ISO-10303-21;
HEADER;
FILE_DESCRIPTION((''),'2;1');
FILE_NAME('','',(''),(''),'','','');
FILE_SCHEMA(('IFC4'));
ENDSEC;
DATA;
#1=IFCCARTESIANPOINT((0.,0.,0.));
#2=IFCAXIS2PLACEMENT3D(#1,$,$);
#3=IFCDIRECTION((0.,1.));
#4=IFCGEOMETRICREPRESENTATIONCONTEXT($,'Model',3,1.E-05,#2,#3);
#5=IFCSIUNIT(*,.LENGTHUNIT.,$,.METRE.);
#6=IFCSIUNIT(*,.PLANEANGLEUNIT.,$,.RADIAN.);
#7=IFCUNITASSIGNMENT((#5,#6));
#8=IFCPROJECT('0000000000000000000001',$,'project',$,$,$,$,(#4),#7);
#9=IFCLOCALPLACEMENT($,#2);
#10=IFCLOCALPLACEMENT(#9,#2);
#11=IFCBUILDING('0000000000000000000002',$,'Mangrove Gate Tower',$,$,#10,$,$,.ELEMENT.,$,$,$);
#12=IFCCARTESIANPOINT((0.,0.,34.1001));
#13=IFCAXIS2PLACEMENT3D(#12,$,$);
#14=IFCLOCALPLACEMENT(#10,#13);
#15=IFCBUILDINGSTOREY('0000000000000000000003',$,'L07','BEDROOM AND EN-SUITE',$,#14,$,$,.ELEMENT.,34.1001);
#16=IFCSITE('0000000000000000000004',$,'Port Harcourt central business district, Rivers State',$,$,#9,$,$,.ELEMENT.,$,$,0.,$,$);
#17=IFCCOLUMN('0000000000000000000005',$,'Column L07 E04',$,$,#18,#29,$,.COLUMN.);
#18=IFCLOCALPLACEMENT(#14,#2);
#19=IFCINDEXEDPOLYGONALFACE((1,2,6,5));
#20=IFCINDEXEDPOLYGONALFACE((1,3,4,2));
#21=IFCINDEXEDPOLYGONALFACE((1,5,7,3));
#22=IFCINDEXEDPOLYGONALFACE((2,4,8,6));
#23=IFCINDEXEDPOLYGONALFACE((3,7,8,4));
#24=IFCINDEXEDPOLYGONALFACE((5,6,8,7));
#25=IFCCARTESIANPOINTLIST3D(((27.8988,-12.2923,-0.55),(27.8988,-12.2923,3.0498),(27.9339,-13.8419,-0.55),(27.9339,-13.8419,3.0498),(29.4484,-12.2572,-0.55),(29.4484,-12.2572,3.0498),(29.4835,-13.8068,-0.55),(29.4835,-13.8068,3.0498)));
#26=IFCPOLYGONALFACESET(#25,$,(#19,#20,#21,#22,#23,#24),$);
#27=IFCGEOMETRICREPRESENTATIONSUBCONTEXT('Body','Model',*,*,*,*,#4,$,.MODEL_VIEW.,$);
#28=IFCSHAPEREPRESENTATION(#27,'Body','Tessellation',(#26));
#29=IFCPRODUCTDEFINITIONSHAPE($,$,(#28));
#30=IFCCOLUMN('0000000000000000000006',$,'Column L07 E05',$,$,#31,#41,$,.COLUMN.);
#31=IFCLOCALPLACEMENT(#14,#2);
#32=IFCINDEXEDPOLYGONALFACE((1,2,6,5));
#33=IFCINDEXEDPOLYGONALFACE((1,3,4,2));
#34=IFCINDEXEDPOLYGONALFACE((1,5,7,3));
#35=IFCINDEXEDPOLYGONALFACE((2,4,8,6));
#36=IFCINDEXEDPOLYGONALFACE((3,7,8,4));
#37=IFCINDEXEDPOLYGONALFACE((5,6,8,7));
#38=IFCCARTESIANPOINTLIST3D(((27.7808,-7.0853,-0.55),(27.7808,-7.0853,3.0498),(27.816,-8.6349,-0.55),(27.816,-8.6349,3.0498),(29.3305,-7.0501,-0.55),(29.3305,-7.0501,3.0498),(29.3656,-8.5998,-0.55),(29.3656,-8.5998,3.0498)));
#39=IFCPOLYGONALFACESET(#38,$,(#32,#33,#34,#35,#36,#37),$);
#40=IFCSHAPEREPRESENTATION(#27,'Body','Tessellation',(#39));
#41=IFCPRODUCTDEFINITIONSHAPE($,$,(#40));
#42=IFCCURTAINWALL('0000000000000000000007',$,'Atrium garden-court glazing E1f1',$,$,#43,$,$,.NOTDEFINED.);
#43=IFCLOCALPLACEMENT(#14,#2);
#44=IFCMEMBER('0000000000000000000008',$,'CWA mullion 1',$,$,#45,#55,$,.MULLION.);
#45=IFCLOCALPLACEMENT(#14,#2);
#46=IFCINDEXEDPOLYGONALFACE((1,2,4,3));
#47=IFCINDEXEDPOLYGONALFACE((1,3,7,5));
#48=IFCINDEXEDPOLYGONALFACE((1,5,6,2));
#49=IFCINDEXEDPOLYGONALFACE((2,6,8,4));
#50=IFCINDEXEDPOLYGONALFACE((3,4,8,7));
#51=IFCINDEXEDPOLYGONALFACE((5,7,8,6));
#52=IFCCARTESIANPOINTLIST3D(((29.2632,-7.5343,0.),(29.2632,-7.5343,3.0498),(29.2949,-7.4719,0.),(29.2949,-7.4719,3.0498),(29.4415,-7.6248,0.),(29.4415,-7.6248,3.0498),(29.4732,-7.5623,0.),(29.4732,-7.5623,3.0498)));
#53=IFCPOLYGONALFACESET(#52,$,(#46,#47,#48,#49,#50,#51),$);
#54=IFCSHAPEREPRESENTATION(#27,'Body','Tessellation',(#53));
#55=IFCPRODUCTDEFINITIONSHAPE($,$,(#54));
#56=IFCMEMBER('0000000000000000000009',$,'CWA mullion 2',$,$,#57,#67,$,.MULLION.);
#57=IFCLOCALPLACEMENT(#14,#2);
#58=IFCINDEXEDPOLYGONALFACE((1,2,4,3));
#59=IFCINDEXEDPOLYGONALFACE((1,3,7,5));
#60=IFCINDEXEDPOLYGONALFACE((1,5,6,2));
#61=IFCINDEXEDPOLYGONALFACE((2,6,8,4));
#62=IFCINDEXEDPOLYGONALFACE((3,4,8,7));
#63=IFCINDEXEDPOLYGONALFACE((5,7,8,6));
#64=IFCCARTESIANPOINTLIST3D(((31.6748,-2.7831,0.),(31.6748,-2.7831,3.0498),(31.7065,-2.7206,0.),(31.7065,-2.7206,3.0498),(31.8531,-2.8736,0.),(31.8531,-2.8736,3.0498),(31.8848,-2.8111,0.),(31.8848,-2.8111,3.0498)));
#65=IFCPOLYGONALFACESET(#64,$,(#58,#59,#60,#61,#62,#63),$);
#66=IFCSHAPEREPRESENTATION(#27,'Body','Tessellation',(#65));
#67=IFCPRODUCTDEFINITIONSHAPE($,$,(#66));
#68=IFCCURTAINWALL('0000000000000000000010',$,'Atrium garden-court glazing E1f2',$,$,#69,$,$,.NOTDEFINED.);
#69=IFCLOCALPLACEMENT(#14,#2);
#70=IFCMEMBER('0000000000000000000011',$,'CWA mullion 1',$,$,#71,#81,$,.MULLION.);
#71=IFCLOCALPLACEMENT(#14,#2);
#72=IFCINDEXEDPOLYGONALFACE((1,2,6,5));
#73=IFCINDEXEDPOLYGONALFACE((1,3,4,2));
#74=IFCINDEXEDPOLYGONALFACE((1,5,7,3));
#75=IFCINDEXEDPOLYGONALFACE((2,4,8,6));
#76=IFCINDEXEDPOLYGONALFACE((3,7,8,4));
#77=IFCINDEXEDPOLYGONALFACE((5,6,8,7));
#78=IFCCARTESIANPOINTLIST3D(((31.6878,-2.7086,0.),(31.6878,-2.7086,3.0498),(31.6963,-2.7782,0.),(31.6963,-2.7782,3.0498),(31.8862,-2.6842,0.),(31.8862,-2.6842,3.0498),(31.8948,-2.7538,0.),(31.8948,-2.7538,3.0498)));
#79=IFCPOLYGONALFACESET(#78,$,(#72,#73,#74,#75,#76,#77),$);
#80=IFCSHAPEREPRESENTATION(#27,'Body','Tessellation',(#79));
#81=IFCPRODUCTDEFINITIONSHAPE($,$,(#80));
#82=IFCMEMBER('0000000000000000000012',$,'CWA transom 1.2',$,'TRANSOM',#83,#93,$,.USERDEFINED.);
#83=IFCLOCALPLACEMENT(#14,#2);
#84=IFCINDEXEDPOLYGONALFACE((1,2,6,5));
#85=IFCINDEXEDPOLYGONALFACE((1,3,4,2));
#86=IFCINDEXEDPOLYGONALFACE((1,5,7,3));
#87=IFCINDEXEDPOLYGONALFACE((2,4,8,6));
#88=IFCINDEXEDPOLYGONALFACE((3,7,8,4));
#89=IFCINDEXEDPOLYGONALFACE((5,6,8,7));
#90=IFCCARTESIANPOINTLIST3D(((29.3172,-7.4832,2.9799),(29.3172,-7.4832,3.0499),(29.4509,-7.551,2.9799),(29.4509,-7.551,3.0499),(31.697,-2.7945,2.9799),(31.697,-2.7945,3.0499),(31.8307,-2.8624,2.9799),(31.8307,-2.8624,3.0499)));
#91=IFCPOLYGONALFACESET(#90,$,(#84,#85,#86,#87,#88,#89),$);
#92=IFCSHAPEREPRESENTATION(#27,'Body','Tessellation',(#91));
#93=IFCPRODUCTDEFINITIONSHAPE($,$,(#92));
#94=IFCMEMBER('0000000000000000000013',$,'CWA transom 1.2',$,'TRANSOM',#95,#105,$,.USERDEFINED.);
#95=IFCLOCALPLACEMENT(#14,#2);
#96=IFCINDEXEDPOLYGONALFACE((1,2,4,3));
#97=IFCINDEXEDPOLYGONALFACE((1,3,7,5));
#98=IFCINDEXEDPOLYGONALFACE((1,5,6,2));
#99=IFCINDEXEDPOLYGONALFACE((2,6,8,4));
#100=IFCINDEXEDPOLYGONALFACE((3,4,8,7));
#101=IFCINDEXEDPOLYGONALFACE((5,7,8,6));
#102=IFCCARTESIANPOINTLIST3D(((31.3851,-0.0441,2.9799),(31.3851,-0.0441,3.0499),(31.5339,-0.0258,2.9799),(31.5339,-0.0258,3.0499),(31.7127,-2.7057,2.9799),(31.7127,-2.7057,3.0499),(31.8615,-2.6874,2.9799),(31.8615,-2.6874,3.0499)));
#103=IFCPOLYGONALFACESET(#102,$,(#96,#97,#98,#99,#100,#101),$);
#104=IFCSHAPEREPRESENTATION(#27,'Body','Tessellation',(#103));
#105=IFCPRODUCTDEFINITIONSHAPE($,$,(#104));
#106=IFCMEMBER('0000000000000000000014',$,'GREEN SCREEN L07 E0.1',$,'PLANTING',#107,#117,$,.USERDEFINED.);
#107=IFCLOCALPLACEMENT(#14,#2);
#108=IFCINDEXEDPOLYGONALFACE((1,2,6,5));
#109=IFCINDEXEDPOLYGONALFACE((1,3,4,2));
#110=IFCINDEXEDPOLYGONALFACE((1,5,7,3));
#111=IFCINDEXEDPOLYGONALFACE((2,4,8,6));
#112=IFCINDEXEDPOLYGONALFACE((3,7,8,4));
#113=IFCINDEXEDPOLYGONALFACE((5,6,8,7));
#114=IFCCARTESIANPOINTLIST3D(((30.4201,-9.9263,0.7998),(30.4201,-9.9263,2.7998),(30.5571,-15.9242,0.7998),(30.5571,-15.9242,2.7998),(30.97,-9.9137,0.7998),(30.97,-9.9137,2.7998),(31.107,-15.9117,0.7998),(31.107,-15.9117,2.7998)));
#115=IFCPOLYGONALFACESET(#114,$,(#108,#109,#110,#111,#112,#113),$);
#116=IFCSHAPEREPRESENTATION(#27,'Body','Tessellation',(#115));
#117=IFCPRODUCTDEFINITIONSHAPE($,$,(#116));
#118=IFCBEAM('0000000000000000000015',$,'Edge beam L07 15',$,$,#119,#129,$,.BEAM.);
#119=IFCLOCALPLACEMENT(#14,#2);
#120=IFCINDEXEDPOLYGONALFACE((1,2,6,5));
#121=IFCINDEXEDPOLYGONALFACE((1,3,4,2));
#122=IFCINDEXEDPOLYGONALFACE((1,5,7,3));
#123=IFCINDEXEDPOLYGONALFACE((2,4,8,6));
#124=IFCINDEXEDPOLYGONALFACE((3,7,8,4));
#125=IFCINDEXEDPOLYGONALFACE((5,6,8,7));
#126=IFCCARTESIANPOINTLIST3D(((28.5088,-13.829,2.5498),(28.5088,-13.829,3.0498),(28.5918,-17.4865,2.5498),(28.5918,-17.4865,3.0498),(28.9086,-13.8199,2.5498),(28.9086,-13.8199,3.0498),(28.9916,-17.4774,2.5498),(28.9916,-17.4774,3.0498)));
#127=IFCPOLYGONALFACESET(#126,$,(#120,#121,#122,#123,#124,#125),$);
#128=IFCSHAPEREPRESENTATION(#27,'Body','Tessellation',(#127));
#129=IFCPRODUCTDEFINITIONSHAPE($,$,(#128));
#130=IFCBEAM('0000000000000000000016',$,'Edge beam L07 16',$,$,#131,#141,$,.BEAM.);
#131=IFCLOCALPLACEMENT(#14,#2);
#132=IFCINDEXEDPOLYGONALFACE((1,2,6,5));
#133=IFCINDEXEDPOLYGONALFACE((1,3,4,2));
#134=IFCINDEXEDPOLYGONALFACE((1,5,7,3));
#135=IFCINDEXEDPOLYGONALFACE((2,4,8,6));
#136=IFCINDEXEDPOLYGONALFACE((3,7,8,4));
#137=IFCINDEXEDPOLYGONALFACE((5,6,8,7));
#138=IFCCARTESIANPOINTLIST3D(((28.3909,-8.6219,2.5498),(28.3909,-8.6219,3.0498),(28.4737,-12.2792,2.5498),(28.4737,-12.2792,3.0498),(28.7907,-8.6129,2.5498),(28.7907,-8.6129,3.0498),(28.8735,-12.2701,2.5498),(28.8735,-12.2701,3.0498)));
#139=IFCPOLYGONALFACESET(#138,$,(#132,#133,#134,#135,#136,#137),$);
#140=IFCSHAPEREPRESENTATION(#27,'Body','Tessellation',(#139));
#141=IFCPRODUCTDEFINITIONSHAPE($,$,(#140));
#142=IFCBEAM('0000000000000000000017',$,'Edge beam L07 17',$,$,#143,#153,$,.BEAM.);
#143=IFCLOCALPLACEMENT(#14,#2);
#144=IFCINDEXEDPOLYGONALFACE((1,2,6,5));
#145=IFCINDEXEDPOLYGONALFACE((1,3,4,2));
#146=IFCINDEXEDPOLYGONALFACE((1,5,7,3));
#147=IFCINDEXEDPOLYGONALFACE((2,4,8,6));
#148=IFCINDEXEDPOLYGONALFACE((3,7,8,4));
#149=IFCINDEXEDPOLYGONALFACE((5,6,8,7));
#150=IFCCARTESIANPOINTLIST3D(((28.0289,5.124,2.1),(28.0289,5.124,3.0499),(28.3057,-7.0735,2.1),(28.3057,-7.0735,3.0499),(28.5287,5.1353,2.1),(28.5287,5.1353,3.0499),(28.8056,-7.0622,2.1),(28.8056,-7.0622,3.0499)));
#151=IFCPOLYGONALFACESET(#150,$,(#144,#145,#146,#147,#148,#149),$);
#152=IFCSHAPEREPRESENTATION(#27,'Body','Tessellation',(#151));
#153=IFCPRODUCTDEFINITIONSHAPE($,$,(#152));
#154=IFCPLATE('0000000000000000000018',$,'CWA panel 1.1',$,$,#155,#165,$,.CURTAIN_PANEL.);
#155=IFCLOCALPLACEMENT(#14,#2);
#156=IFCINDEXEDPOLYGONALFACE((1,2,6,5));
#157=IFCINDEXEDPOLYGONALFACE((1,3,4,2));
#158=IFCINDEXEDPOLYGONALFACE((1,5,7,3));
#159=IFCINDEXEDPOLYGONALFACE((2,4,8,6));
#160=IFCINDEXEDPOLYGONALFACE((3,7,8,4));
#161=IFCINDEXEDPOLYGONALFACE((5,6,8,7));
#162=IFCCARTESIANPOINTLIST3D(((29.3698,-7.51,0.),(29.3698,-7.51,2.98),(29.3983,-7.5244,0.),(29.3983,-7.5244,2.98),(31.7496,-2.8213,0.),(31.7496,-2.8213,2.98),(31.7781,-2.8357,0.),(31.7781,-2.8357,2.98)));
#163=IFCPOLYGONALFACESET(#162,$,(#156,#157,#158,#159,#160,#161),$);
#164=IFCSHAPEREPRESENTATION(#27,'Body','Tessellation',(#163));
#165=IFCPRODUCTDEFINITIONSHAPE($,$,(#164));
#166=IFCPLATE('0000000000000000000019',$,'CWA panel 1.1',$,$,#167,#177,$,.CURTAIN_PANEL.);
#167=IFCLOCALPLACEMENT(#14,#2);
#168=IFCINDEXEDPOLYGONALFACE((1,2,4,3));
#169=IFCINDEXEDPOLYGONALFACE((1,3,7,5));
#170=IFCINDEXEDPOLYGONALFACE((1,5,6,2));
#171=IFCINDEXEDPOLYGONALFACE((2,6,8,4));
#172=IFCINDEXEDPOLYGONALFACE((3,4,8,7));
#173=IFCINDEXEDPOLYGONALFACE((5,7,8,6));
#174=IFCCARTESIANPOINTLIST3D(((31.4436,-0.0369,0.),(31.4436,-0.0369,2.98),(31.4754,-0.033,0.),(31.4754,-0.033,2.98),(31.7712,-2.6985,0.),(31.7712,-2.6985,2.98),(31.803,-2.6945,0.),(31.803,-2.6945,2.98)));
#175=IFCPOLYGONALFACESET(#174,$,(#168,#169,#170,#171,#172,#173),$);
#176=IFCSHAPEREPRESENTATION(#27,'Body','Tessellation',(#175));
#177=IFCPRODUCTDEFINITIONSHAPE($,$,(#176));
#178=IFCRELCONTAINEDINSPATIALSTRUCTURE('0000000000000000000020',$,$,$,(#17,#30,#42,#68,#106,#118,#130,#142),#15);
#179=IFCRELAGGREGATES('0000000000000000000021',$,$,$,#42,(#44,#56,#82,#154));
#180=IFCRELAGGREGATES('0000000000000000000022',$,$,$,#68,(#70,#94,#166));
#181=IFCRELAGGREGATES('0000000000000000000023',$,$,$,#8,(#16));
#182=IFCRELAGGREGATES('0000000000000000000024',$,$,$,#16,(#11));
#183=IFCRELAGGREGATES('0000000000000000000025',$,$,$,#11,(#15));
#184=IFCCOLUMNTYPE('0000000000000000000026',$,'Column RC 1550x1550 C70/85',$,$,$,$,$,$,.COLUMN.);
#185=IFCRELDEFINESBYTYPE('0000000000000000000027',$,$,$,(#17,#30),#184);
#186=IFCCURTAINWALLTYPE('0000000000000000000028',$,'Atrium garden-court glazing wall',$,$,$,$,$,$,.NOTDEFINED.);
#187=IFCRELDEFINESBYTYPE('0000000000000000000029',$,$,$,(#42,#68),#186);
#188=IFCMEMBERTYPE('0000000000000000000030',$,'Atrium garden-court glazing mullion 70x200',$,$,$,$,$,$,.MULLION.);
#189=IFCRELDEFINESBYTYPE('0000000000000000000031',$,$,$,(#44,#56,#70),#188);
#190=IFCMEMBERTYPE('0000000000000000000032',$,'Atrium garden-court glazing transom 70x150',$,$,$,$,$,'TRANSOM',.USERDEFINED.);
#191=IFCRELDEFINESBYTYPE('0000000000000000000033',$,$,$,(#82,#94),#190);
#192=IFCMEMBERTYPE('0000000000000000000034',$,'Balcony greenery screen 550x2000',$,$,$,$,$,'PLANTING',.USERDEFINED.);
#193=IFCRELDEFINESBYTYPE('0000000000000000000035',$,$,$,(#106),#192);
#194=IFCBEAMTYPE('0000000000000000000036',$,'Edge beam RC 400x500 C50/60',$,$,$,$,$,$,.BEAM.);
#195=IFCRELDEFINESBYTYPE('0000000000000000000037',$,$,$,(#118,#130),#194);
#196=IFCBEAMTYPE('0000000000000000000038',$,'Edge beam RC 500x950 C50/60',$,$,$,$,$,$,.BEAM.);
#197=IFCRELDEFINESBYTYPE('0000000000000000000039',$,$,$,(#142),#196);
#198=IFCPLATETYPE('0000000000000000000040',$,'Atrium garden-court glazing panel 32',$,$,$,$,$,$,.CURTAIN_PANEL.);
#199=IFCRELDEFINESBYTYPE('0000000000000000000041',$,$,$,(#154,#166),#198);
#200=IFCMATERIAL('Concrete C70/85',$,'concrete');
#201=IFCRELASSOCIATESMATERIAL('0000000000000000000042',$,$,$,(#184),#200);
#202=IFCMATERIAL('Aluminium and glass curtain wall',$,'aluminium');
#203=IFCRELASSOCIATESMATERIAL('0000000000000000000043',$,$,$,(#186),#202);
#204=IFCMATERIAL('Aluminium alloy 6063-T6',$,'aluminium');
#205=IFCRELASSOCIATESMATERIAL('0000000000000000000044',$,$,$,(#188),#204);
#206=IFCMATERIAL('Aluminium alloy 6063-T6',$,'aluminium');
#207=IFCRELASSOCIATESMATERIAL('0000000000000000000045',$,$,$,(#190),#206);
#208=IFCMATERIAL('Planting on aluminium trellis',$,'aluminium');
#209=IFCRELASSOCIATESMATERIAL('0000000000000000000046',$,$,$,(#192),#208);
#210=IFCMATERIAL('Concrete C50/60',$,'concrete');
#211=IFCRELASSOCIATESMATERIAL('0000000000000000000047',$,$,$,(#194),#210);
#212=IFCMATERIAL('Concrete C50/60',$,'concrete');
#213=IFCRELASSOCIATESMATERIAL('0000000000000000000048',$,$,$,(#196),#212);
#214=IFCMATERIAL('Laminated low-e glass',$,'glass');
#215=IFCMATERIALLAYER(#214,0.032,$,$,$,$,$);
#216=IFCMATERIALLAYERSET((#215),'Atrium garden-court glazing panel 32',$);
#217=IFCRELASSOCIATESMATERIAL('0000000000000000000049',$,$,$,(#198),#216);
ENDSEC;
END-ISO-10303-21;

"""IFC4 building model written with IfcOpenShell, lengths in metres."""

from ifc_helpers import new_model, si_unit, direction, frame, origin, origin_2d, place, context, subcontext, project, spatial, rectangle, extrude, material, layer, layer_set, material_profile, profile_set, type_object, element, aggregate, save


model = new_model("IFC4")

# Units and contexts
model_context = context("Model", 3, precision=1e-05, world=origin(), true_north=direction((0.0, 1.0)))
body_context = subcontext(model_context, "Body", "Model", "MODEL_VIEW")
ifc_project = project(units=[si_unit("LENGTHUNIT", "METRE"), si_unit("PLANEANGLEUNIT", "RADIAN")], contexts=[model_context])

# Site, building, storey
site_placement = place(None, origin())
site = spatial("IfcSite", under=ifc_project, at=site_placement, Name="Port Harcourt central business district, Rivers State", CompositionType="ELEMENT", RefElevation=0.0)
building_placement = place(site_placement, origin())
building = spatial("IfcBuilding", under=site, at=building_placement, Name="Mangrove Gate Tower", CompositionType="ELEMENT")
storey_placement = place(building_placement, frame((0.0, 0.0, 34.1001)))
storey = spatial("IfcBuildingStorey", under=building, at=storey_placement, Name="L07", Description="BEDROOM AND EN-SUITE", CompositionType="ELEMENT", Elevation=34.1001)

# Columns
ifc_material_1 = material(Name="Concrete C70/85", Category="concrete")
ifc_material_profile_1 = material_profile(ifc_material_1, rectangle(XDim=1.55, YDim=1.55, at=origin_2d()))
ifc_profile_set_1 = profile_set([ifc_material_profile_1], Name="Concrete C70/85")
column_type = type_object("IfcColumnType", Name="Column RC 1550x1550 C70/85", PredefinedType="COLUMN", material=ifc_profile_set_1)
for number, where, z_axis, x_axis, name in (
    (1, (28.6912, -13.0496, -0.55), (0.0, 0.0, 1.0), (-0.022656, 0.999743, 0.0), "Column L07 E04"),
    (2, (28.5732, -7.8425, -0.55), (0.0, 0.0, 1.0), (-0.022681, 0.999743, 0.0), "Column L07 E05"),
):
    element("IfcColumn", number, at=place(storey_placement, frame(where, z_axis=z_axis, x_axis=x_axis)), inside=storey, type_object=column_type, Name=name, PredefinedType="COLUMN", context=body_context, shape_type="SweptSolid", body=[
        extrude(rectangle(XDim=1.55, YDim=1.55, at=origin_2d()), origin(), (0.0, 0.0, 1.0), 3.5999),
    ])

# Curtain wall, members
ifc_material_2 = material(Name="Aluminium and glass curtain wall", Category="aluminium")
curtain_wall_type = type_object("IfcCurtainWallType", Name="Atrium garden-court glazing wall", PredefinedType="NOTDEFINED", material=ifc_material_2)
curtain_wall_1_placement = place(storey_placement, origin())
curtain_wall_1 = element("IfcCurtainWall", 3, at=curtain_wall_1_placement, inside=storey, type_object=curtain_wall_type, Name="Atrium garden-court glazing E1f1", PredefinedType="NOTDEFINED")
ifc_material_3 = material(Name="Aluminium alloy 6063-T6", Category="aluminium")
ifc_material_profile_2 = material_profile(ifc_material_3, rectangle(XDim=0.0701, YDim=0.2, at=origin_2d()))
ifc_profile_set_2 = profile_set([ifc_material_profile_2], Name="Aluminium alloy 6063-T6")
member_type_1 = type_object("IfcMemberType", Name="Atrium garden-court glazing mullion 70x200", PredefinedType="MULLION", material=ifc_profile_set_2)
member_1_placement = place(storey_placement, frame((29.3682, -7.5483, 0.0), z_axis=(0.0, 0.0, 1.0), x_axis=(0.4526, 0.891714, 0.0)))
member_1 = element("IfcMember", 4, at=member_1_placement, type_object=member_type_1, Name="CWA mullion 1", PredefinedType="MULLION", context=body_context, shape_type="SweptSolid", body=[
    extrude(rectangle(XDim=0.0701, YDim=0.2, at=origin_2d()), origin(), (0.0, 0.0, 1.0), 3.0498),
])
member_2_placement = place(storey_placement, frame((31.7798, -2.7971, 0.0), z_axis=(0.0, 0.0, 1.0), x_axis=(0.4526, 0.891714, 0.0)))
member_2 = element("IfcMember", 5, at=member_2_placement, type_object=member_type_1, Name="CWA mullion 2", PredefinedType="MULLION", context=body_context, shape_type="SweptSolid", body=[
    extrude(rectangle(XDim=0.0701, YDim=0.2, at=origin_2d()), origin(), (0.0, 0.0, 1.0), 3.0498),
])

# Curtain wall, member
curtain_wall_2_placement = place(storey_placement, origin())
curtain_wall_2 = element("IfcCurtainWall", 6, at=curtain_wall_2_placement, inside=storey, type_object=curtain_wall_type, Name="Atrium garden-court glazing E1f2", PredefinedType="NOTDEFINED")
member_3_placement = place(storey_placement, frame((31.7913, -2.7312, 0.0), z_axis=(0.0, 0.0, 1.0), x_axis=(-0.122172, 0.992509, 0.0)))
member_3 = element("IfcMember", 7, at=member_3_placement, type_object=member_type_1, Name="CWA mullion 1", PredefinedType="MULLION", context=body_context, shape_type="SweptSolid", body=[
    extrude(rectangle(XDim=0.0701, YDim=0.2, at=origin_2d()), origin(), (0.0, 0.0, 1.0), 3.0498),
])

# Members
ifc_material_4 = material(Name="Aluminium alloy 6063-T6", Category="aluminium")
ifc_material_profile_3 = material_profile(ifc_material_4, rectangle(XDim=0.0701, YDim=0.1499, at=origin_2d()))
ifc_profile_set_3 = profile_set([ifc_material_profile_3], Name="Aluminium alloy 6063-T6")
member_type_2 = type_object("IfcMemberType", Name="Atrium garden-court glazing transom 70x150", ElementType="TRANSOM", PredefinedType="USERDEFINED", material=ifc_profile_set_3)
member_4_placement = place(storey_placement, frame((29.384, -7.5171, 3.0149), z_axis=(0.45261, 0.891709, 0.0), x_axis=(0.0, 0.0, 1.0)))
member_4 = element("IfcMember", 8, at=member_4_placement, type_object=member_type_2, Name="CWA transom 1.2", ObjectType="TRANSOM", PredefinedType="USERDEFINED", context=body_context, shape_type="SweptSolid", body=[
    extrude(rectangle(XDim=0.0701, YDim=0.1499, at=origin_2d()), origin(), (0.0, 0.0, 1.0), 5.2581),
])
member_5_placement = place(storey_placement, frame((31.7871, -2.6965, 3.0149), z_axis=(-0.122175, 0.992509, 0.0), x_axis=(0.0, 0.0, 1.0)))
member_5 = element("IfcMember", 9, at=member_5_placement, type_object=member_type_2, Name="CWA transom 1.2", ObjectType="TRANSOM", PredefinedType="USERDEFINED", context=body_context, shape_type="SweptSolid", body=[
    extrude(rectangle(XDim=0.0701, YDim=0.1499, at=origin_2d()), origin(), (0.0, 0.0, 1.0), 2.6816),
])
ifc_material_5 = material(Name="Planting on aluminium trellis", Category="aluminium")
ifc_material_profile_4 = material_profile(ifc_material_5, rectangle(XDim=0.55, YDim=2.0, at=origin_2d()))
ifc_profile_set_4 = profile_set([ifc_material_profile_4], Name="Planting on aluminium trellis")
member_type_3 = type_object("IfcMemberType", Name="Balcony greenery screen 550x2000", ElementType="PLANTING", PredefinedType="USERDEFINED", material=ifc_profile_set_4)
member_6_placement = place(storey_placement, frame((30.832, -15.918, 1.7998), z_axis=(-0.022829, 0.999739, 0.0), x_axis=(-0.999739, -0.022829, 0.0)))
element("IfcMember", 10, at=member_6_placement, inside=storey, type_object=member_type_3, Name="GREEN SCREEN L07 E0.1", ObjectType="PLANTING", PredefinedType="USERDEFINED", context=body_context, shape_type="SweptSolid", body=[
    extrude(rectangle(XDim=0.55, YDim=2.0, at=origin_2d()), origin(), (0.0, 0.0, 1.0), 5.9995),
])

# Beams
ifc_material_6 = material(Name="Concrete C50/60", Category="concrete")
ifc_material_profile_5 = material_profile(ifc_material_6, rectangle(XDim=0.3999, YDim=0.5, at=origin_2d()))
ifc_profile_set_5 = profile_set([ifc_material_profile_5], Name="Concrete C50/60")
beam_type_1 = type_object("IfcBeamType", Name="Edge beam RC 400x500 C50/60", PredefinedType="BEAM", material=ifc_profile_set_5)
beam_1_placement = place(storey_placement, frame((28.7917, -17.4819, 2.7998), z_axis=(-0.02269, 0.999743, 0.0), x_axis=(-0.999743, -0.02269, 0.0)))
element("IfcBeam", 11, at=beam_1_placement, inside=storey, type_object=beam_type_1, Name="Edge beam L07 15", PredefinedType="BEAM", context=body_context, shape_type="SweptSolid", body=[
    extrude(rectangle(XDim=0.3999, YDim=0.5, at=origin_2d()), origin(), (0.0, 0.0, 1.0), 3.6584),
])
beam_2_placement = place(storey_placement, frame((28.6736, -12.2747, 2.7998), z_axis=(-0.022624, 0.999744, 0.0), x_axis=(-0.999744, -0.022624, 0.0)))
element("IfcBeam", 12, at=beam_2_placement, inside=storey, type_object=beam_type_1, Name="Edge beam L07 16", PredefinedType="BEAM", context=body_context, shape_type="SweptSolid", body=[
    extrude(rectangle(XDim=0.3999, YDim=0.5, at=origin_2d()), origin(), (0.0, 0.0, 1.0), 3.6582),
])
ifc_material_7 = material(Name="Concrete C50/60", Category="concrete")
ifc_material_profile_6 = material_profile(ifc_material_7, rectangle(XDim=0.5, YDim=0.95, at=origin_2d()))
ifc_profile_set_6 = profile_set([ifc_material_profile_6], Name="Concrete C50/60")
beam_type_2 = type_object("IfcBeamType", Name="Edge beam RC 500x950 C50/60", PredefinedType="BEAM", material=ifc_profile_set_6)
beam_3_placement = place(storey_placement, frame((28.5557, -7.0679, 2.575), z_axis=(-0.022692, 0.999743, 0.0), x_axis=(-0.999743, -0.022692, 0.0)))
element("IfcBeam", 13, at=beam_3_placement, inside=storey, type_object=beam_type_2, Name="Edge beam L07 17", PredefinedType="BEAM", context=body_context, shape_type="SweptSolid", body=[
    extrude(rectangle(XDim=0.5, YDim=0.95, at=origin_2d()), origin(), (0.0, 0.0, 1.0), 12.2007),
])

# Plates
ifc_material_8 = material(Name="Laminated low-e glass", Category="glass")
ifc_layer_1 = layer(ifc_material_8, 0.032)
ifc_layer_set_1 = layer_set([ifc_layer_1], Name="Atrium garden-court glazing panel 32")
plate_type = type_object("IfcPlateType", Name="Atrium garden-court glazing panel 32", PredefinedType="CURTAIN_PANEL", material=ifc_layer_set_1)
plate_1_placement = place(storey_placement, frame((30.574, -5.1729, 0.0), z_axis=(0.0, 0.0, 1.0), x_axis=(0.4526, 0.891714, 0.0)))
plate_1 = element("IfcPlate", 14, at=plate_1_placement, type_object=plate_type, Name="CWA panel 1.1", PredefinedType="CURTAIN_PANEL", context=body_context, shape_type="SweptSolid", body=[
    extrude(rectangle(XDim=5.2581, YDim=0.032, at=origin_2d()), origin(), (0.0, 0.0, 1.0), 2.98),
])
aggregate(curtain_wall_1, [member_1, member_2, member_4, plate_1])
plate_2_placement = place(storey_placement, frame((31.6233, -1.3657, 0.0), z_axis=(0.0, 0.0, 1.0), x_axis=(-0.122172, 0.992509, 0.0)))
plate_2 = element("IfcPlate", 15, at=plate_2_placement, type_object=plate_type, Name="CWA panel 1.1", PredefinedType="CURTAIN_PANEL", context=body_context, shape_type="SweptSolid", body=[
    extrude(rectangle(XDim=2.6816, YDim=0.032, at=origin_2d()), origin(), (0.0, 0.0, 1.0), 2.98),
])
aggregate(curtain_wall_2, [member_3, member_5, plate_2])

save(model, "model.ifc")
